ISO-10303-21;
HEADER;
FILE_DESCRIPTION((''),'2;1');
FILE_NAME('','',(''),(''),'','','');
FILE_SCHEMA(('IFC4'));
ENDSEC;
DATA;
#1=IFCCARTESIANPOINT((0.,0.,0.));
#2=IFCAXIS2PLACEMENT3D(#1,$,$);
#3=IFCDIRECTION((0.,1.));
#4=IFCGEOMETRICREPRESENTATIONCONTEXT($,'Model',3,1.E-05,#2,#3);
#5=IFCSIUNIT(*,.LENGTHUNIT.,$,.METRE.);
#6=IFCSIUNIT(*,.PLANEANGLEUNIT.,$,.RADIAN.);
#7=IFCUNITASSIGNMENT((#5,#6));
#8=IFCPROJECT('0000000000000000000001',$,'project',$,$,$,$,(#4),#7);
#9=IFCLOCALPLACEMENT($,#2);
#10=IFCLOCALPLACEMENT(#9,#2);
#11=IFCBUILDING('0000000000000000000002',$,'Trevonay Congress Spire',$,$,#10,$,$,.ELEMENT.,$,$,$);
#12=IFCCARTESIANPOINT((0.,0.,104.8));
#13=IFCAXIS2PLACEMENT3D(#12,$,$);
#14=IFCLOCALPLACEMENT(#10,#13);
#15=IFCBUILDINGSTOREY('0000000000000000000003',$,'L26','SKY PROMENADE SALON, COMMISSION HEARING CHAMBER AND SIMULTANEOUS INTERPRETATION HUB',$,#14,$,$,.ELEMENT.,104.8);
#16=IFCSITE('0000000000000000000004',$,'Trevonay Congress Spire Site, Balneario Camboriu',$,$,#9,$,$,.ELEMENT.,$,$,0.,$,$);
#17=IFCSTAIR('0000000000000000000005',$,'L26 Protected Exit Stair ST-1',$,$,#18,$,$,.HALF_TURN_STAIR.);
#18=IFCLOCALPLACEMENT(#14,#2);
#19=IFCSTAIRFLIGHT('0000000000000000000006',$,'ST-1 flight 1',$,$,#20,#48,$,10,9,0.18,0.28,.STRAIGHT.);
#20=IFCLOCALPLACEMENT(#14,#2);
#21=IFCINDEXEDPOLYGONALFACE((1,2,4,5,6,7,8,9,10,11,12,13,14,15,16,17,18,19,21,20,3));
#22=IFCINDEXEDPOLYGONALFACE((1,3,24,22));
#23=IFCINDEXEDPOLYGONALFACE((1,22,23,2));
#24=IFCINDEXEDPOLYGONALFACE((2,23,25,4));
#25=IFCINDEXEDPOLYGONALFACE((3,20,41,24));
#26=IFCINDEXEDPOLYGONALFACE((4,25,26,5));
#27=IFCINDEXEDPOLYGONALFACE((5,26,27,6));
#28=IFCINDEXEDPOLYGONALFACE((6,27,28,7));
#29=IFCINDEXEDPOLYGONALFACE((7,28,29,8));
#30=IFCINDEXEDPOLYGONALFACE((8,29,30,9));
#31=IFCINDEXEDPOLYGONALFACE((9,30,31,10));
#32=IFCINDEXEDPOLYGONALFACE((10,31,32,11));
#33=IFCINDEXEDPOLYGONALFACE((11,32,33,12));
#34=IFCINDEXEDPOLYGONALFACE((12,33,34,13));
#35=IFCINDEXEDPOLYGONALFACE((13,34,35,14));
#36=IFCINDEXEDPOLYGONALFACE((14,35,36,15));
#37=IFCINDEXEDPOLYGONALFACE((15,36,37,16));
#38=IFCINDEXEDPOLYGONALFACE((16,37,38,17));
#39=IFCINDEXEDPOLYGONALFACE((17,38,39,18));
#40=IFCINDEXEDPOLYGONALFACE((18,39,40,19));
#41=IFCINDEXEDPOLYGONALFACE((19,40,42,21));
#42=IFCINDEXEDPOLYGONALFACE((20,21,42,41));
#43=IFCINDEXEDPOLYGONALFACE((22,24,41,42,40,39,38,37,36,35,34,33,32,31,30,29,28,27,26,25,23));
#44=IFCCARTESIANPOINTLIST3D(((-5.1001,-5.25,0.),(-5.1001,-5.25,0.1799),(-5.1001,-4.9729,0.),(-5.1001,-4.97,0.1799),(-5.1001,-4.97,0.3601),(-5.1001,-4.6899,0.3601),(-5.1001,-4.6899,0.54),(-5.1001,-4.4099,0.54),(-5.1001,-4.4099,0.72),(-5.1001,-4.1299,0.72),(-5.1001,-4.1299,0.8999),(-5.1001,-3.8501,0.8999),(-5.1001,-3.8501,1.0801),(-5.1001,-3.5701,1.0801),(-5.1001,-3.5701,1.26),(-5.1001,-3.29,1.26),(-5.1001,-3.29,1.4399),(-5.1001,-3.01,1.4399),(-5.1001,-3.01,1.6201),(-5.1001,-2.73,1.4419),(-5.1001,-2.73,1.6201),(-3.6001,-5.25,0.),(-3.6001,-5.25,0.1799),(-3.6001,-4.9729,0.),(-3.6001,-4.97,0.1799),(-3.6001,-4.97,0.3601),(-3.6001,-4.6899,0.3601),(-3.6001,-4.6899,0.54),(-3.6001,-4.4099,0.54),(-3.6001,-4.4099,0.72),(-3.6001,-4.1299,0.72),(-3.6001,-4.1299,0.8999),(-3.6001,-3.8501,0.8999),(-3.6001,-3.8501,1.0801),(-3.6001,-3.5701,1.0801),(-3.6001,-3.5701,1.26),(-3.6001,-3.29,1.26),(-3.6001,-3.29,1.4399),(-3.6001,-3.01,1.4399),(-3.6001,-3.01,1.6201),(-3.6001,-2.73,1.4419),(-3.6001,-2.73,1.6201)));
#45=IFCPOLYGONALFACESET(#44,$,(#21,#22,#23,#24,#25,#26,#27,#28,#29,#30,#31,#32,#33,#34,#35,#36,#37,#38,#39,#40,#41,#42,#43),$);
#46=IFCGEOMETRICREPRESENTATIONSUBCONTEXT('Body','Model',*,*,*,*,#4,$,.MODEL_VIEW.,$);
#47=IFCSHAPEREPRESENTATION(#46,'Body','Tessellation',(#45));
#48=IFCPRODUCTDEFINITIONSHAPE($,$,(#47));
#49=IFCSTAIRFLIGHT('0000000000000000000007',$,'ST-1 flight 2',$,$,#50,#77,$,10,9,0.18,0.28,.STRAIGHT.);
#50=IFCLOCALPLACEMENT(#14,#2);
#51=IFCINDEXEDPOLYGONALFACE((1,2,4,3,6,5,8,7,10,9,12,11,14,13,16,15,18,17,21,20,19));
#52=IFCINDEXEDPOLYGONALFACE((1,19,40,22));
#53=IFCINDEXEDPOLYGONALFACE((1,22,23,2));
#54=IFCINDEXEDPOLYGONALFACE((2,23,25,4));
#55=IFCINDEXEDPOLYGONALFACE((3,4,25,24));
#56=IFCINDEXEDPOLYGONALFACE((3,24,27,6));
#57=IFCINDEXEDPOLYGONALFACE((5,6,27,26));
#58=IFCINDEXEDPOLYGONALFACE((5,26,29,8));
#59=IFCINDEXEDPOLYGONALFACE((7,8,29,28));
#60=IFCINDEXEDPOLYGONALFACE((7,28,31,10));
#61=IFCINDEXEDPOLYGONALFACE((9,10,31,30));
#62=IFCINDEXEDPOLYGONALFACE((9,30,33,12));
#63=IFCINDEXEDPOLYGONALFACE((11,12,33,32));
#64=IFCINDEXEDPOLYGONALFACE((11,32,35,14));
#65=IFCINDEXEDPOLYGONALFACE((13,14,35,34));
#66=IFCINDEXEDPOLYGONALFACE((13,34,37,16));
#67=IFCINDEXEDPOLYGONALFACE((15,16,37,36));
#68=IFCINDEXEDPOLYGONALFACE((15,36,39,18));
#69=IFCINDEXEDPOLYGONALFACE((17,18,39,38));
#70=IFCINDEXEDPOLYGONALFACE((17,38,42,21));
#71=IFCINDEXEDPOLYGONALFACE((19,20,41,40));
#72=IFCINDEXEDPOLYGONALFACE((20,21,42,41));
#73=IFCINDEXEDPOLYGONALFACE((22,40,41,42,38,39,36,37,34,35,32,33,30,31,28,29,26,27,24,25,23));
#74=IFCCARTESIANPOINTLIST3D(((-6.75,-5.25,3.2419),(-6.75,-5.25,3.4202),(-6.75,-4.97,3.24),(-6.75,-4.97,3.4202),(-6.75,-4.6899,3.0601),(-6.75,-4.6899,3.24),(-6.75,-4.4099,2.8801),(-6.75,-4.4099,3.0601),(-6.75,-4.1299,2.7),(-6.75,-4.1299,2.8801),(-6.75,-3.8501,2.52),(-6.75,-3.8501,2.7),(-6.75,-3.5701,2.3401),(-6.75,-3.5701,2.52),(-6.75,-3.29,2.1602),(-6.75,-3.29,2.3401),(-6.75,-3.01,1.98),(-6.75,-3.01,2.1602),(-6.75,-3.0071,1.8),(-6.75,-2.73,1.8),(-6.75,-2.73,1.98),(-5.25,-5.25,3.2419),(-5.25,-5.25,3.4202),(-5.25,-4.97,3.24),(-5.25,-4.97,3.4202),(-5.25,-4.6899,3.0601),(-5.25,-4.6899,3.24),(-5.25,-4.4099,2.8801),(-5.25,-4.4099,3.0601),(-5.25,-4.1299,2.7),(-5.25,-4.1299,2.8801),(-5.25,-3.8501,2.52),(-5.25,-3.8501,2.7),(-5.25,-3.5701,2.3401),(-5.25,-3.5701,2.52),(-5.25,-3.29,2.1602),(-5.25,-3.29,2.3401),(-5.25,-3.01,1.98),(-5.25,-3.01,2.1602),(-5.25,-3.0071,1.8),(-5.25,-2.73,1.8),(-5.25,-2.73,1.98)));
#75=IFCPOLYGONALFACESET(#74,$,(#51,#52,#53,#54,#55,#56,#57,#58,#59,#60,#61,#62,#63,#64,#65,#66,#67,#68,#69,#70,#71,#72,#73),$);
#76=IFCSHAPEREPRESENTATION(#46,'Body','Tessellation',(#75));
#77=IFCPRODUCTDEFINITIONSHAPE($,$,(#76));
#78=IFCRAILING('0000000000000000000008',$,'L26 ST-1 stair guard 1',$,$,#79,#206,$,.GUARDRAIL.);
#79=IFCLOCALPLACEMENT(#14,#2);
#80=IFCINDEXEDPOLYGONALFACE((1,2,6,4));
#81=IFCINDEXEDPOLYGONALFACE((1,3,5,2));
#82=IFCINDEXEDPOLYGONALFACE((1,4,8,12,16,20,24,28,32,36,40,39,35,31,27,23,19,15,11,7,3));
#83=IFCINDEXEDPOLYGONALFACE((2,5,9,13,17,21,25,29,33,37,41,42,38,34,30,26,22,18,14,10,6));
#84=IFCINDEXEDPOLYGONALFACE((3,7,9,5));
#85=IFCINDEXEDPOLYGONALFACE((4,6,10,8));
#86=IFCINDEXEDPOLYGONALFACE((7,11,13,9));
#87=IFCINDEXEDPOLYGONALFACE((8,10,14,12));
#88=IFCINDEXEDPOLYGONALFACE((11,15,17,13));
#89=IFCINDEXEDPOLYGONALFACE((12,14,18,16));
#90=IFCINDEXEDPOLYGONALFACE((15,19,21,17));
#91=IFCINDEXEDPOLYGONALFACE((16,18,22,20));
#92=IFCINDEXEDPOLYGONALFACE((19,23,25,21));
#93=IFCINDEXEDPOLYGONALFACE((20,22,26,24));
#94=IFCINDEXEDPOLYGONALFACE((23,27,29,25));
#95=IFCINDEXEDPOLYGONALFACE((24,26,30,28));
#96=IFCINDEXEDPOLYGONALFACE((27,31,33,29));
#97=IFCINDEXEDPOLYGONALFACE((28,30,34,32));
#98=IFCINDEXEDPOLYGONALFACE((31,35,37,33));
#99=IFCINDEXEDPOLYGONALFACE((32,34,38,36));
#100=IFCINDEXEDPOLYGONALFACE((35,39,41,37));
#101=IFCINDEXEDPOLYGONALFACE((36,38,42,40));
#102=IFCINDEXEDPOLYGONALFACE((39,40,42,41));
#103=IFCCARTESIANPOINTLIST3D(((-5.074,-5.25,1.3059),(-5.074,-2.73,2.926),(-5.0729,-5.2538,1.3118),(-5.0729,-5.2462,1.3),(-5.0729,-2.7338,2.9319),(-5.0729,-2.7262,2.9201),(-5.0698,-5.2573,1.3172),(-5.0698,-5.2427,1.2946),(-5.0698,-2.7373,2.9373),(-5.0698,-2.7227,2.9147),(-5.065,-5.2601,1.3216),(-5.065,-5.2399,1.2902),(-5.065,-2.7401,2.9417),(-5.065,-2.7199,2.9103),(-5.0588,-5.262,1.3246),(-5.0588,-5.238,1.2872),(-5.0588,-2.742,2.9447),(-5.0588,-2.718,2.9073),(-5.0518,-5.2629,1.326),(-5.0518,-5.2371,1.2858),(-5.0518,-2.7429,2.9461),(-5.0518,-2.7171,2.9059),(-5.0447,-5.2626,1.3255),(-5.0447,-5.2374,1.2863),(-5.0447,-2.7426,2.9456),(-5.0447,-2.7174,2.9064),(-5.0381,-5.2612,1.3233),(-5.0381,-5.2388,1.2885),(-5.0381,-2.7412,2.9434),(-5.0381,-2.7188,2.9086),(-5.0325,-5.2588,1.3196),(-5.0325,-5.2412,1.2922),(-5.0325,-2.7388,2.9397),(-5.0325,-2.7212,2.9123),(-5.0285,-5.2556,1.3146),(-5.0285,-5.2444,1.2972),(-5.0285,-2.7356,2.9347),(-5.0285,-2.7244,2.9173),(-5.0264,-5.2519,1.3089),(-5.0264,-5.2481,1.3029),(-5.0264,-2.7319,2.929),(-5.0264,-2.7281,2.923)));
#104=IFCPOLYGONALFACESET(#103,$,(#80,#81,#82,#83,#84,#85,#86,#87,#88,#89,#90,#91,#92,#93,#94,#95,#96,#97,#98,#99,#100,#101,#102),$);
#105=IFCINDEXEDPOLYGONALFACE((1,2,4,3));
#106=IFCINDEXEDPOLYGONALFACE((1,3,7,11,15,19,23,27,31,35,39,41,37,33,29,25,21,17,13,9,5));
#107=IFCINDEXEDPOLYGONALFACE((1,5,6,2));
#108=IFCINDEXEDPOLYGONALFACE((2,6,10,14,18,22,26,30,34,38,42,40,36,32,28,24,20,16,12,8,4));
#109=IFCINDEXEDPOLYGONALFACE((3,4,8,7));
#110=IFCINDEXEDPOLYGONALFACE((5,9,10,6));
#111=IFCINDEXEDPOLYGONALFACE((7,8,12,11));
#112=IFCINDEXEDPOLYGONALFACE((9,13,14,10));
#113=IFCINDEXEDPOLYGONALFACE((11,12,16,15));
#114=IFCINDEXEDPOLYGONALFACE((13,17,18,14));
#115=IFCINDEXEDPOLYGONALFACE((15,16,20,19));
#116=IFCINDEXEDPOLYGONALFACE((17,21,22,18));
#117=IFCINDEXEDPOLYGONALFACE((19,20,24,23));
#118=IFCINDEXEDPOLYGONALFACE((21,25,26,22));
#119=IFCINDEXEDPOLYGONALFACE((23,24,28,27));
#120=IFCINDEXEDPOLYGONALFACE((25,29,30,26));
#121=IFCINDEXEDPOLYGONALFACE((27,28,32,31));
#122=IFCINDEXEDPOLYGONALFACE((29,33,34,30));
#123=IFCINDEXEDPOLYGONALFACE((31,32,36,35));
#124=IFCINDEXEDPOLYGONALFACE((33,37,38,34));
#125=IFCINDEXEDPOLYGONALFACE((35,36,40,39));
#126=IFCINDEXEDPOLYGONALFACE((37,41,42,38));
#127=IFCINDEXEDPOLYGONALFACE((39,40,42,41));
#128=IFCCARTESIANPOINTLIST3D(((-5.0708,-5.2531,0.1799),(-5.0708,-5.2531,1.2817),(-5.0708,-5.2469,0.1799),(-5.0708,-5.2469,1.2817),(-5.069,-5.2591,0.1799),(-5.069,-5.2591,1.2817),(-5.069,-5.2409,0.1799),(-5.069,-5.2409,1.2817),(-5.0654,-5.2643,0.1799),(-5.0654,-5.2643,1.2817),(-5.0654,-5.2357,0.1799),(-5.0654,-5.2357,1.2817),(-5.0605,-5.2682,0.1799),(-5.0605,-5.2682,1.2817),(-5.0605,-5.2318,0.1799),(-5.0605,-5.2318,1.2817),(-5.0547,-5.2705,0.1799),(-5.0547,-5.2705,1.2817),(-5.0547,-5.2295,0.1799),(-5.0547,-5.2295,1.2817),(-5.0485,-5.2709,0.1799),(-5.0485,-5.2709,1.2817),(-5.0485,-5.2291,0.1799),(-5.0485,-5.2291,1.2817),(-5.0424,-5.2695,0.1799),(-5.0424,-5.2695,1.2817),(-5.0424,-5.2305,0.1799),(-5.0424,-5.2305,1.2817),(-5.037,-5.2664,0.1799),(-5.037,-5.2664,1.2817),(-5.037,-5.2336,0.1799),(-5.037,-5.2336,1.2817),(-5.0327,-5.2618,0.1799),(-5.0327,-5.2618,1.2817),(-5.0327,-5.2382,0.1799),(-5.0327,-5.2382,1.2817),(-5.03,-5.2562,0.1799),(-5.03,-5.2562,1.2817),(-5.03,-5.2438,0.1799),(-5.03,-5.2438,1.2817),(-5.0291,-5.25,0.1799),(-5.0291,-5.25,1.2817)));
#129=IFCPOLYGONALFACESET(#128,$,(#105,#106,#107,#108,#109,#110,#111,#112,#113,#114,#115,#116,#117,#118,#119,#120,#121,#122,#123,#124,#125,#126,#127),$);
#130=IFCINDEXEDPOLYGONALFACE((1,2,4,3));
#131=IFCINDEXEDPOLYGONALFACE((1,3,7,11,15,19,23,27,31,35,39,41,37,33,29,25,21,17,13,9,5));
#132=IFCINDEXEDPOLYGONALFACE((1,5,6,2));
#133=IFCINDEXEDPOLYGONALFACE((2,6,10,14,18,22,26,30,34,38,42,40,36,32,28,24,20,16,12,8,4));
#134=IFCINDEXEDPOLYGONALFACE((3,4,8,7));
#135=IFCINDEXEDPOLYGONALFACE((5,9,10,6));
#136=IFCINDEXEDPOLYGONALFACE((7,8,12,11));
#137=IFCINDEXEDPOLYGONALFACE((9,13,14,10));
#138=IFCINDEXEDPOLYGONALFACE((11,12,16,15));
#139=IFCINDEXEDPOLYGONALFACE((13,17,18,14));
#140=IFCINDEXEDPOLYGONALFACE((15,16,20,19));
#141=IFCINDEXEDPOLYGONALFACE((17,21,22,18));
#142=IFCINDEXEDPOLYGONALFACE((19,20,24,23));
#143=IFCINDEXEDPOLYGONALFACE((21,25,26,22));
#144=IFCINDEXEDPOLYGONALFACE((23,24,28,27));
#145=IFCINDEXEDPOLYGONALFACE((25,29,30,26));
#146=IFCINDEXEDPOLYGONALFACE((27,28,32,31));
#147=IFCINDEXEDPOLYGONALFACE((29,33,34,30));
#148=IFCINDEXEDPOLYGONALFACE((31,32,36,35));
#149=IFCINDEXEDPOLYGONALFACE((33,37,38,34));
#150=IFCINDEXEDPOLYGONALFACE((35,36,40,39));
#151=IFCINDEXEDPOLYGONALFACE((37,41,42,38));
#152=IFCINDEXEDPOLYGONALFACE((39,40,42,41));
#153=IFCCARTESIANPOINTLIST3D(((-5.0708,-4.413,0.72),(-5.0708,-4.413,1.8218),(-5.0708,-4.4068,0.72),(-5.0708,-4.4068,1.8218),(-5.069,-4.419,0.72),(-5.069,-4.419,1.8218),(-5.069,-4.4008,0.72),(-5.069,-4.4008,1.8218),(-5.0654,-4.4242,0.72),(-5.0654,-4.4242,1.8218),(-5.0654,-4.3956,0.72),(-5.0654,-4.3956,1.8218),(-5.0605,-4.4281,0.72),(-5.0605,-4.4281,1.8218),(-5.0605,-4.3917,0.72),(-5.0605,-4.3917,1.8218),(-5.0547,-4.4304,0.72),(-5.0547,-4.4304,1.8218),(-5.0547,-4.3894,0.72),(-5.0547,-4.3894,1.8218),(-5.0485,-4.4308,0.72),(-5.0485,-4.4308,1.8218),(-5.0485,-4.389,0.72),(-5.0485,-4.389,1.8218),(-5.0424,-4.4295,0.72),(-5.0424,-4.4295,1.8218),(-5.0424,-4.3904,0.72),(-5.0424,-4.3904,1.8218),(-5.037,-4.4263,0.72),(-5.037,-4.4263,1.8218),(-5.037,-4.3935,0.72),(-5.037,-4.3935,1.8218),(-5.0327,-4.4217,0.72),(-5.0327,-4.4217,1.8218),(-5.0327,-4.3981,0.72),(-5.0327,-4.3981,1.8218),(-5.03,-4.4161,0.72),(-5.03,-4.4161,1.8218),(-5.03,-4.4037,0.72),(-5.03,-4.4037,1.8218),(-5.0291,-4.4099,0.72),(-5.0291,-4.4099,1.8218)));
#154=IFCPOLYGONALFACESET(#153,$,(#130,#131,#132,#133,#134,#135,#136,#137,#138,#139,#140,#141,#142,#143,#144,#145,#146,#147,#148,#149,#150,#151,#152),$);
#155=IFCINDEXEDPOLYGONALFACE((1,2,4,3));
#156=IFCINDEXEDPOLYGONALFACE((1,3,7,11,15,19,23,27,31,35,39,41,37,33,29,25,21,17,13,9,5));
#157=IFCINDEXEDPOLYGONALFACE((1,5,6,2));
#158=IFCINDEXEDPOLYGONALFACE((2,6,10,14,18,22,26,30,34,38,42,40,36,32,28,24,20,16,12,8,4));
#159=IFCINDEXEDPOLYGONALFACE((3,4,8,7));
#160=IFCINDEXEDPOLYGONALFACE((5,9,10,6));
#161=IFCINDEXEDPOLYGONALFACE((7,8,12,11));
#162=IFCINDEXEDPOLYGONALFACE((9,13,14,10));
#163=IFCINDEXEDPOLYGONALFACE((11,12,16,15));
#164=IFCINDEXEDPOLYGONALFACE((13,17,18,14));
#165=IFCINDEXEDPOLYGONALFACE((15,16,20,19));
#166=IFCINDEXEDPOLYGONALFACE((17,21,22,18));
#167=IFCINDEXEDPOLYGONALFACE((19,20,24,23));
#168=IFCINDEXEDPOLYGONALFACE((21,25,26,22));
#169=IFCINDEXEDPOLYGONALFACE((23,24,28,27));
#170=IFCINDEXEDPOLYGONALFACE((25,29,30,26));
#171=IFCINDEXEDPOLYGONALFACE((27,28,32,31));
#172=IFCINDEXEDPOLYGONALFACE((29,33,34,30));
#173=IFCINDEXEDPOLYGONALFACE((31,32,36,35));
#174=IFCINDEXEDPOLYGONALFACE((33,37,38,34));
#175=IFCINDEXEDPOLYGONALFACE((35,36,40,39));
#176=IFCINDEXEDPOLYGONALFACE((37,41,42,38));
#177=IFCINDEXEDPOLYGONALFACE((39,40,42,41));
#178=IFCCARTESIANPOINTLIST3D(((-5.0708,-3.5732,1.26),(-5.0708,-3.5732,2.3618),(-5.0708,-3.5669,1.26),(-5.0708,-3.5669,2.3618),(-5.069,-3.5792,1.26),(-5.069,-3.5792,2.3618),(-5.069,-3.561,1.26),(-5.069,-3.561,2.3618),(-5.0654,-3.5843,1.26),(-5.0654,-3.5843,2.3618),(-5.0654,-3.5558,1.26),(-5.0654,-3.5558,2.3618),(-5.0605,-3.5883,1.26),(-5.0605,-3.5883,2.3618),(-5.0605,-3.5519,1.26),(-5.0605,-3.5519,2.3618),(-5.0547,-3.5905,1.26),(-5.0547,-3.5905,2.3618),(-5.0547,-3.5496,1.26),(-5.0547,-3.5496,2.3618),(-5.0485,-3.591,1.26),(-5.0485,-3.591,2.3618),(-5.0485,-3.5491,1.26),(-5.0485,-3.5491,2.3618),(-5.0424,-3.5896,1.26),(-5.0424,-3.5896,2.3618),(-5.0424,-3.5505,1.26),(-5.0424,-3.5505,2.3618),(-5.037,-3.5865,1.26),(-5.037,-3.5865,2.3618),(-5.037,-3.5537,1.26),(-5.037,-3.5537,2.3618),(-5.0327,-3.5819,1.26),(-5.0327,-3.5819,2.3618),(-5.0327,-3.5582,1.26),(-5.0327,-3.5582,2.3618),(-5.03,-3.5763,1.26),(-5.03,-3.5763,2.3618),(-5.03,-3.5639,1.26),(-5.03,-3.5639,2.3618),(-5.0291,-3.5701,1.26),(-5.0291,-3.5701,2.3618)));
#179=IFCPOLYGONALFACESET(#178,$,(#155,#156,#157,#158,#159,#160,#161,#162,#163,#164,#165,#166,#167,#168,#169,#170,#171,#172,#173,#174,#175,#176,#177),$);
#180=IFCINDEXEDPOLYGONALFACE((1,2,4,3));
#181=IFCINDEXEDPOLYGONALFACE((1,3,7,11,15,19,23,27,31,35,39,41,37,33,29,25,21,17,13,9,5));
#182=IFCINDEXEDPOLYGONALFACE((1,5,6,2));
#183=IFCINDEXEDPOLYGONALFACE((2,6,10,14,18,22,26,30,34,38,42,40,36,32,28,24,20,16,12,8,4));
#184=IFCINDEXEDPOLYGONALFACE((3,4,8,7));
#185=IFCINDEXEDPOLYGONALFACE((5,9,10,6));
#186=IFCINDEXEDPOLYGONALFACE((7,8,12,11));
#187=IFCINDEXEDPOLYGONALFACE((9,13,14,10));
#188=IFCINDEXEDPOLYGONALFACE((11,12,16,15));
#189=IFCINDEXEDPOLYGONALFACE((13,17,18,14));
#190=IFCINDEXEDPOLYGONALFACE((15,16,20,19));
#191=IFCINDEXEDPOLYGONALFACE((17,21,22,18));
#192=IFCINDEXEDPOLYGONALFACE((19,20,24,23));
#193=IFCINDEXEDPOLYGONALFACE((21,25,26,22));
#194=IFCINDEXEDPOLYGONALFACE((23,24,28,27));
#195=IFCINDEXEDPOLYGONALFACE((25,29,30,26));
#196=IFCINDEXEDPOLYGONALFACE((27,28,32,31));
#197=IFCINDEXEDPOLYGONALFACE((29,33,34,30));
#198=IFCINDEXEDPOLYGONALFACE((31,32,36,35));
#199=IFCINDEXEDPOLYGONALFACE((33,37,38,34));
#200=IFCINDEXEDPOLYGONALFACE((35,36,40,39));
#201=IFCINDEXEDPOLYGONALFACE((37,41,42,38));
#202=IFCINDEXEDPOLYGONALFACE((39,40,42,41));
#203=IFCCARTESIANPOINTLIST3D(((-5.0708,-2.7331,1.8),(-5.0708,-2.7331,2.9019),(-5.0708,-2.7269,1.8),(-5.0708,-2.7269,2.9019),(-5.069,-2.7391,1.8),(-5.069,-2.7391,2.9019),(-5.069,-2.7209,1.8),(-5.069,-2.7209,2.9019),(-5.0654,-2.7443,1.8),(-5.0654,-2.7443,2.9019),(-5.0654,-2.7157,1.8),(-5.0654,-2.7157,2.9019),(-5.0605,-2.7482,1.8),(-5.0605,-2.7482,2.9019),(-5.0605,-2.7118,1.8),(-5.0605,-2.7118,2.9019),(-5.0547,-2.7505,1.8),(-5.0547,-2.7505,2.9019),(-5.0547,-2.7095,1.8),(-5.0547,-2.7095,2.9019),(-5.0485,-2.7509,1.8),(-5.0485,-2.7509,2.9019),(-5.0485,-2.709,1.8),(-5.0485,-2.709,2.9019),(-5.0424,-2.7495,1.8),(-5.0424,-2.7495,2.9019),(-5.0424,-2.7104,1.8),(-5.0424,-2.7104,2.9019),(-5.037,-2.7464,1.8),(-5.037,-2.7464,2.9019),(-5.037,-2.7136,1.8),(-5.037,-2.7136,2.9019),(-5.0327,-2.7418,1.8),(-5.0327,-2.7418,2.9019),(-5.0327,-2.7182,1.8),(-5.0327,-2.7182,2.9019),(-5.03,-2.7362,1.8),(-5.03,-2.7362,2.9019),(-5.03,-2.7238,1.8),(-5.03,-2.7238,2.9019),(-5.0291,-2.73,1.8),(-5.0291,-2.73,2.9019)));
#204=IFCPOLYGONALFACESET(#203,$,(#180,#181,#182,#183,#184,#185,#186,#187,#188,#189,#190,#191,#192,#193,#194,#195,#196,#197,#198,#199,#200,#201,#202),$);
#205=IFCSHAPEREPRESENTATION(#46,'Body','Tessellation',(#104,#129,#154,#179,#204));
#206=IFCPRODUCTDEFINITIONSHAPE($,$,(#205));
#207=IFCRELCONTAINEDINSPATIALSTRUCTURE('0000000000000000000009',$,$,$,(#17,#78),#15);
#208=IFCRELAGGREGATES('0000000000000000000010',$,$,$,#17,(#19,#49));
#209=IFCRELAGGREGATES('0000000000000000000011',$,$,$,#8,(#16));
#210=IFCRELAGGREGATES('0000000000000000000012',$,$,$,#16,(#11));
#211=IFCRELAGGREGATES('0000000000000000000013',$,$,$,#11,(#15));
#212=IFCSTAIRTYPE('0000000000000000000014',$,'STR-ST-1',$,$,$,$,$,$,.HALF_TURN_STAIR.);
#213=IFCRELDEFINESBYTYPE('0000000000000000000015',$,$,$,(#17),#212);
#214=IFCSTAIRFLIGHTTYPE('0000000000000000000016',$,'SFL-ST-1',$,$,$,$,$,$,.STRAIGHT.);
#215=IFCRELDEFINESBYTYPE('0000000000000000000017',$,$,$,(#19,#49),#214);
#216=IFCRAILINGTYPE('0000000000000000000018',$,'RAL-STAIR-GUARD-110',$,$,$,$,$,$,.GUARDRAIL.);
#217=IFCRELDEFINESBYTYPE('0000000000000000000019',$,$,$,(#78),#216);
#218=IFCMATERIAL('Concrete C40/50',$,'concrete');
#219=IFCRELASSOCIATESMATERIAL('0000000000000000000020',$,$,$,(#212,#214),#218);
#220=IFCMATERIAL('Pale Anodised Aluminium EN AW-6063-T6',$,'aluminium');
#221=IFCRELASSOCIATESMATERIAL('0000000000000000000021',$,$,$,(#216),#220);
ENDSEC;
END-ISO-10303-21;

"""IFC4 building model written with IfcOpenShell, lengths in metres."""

from ifc_helpers import new_model, si_unit, direction, frame, origin, origin_2d, place, context, subcontext, project, spatial, polyline, circle, outline, extrude, material, type_object, element, aggregate, save


model = new_model("IFC4")

# Units and contexts
model_context = context("Model", 3, precision=1e-05, world=origin(), true_north=direction((0.0, 1.0)))
body_context = subcontext(model_context, "Body", "Model", "MODEL_VIEW")
ifc_project = project(units=[si_unit("LENGTHUNIT", "METRE"), si_unit("PLANEANGLEUNIT", "RADIAN")], contexts=[model_context])

# Site, building, storey
site_placement = place(None, origin())
site = spatial("IfcSite", under=ifc_project, at=site_placement, Name="Trevonay Congress Spire Site, Balneario Camboriu", CompositionType="ELEMENT", RefElevation=0.0)
building_placement = place(site_placement, origin())
building = spatial("IfcBuilding", under=site, at=building_placement, Name="Trevonay Congress Spire", CompositionType="ELEMENT")
storey_placement = place(building_placement, frame((0.0, 0.0, 104.8)))
storey = spatial("IfcBuildingStorey", under=building, at=storey_placement, Name="L26", Description="SKY PROMENADE SALON, COMMISSION HEARING CHAMBER AND SIMULTANEOUS INTERPRETATION HUB", CompositionType="ELEMENT", Elevation=104.8)

# Shared definitions
ifc_material_1 = material(Name="Concrete C40/50", Category="concrete")

# Stair, stair flights
stair_type = type_object("IfcStairType", Name="STR-ST-1", PredefinedType="HALF_TURN_STAIR", material=ifc_material_1)
stair_placement = place(storey_placement, origin())
stair = element("IfcStair", 1, at=stair_placement, inside=storey, type_object=stair_type, Name="L26 Protected Exit Stair ST-1", PredefinedType="HALF_TURN_STAIR")
stair_flight_type = type_object("IfcStairFlightType", Name="SFL-ST-1", PredefinedType="STRAIGHT", material=ifc_material_1)
stair_flight_1_placement = place(storey_placement, frame((-4.3501, -5.25, 0.0), z_axis=(0.0, 0.0, 1.0), x_axis=(0.0, 1.0, 0.0)))
stair_flight_1 = element("IfcStairFlight", 2, at=stair_flight_1_placement, type_object=stair_flight_type, Name="ST-1 flight 1", NumberOfRisers=10, NumberOfTreads=9, PredefinedType="STRAIGHT", RiserHeight=0.18, TreadLength=0.28, context=body_context, shape_type="SweptSolid", body=[
    extrude(outline(polyline([(0.0, 0.0), (0.0, 0.1799), (0.28, 0.1799), (0.28, 0.3601), (0.5601, 0.3601), (0.5601, 0.54), (0.8401, 0.54), (0.8401, 0.72), (1.1201, 0.72), (1.1201, 0.8999), (1.3999, 0.8999), (1.3999, 1.0801), (1.6799, 1.0801), (1.6799, 1.26), (1.96, 1.26), (1.96, 1.4399), (2.24, 1.4399), (2.24, 1.6201), (2.52, 1.6201), (2.52, 1.8), (2.52, 1.4419), (0.2771, 0.0), (0.0, 0.0)])), frame((0.0, 0.75, 0.0), z_axis=(0.0, -1.0, 0.0), x_axis=(1.0, 0.0, 0.0)), (0.0, 0.0, 1.0), 1.5),
])
stair_flight_2_placement = place(storey_placement, frame((-6.0, -2.73, 1.8), z_axis=(0.0, 0.0, 1.0), x_axis=(0.0, -1.0, 0.0)))
stair_flight_2 = element("IfcStairFlight", 3, at=stair_flight_2_placement, type_object=stair_flight_type, Name="ST-1 flight 2", NumberOfRisers=10, NumberOfTreads=9, PredefinedType="STRAIGHT", RiserHeight=0.18, TreadLength=0.28, context=body_context, shape_type="SweptSolid", body=[
    extrude(outline(polyline([(0.0, 0.0), (0.0, 0.1799), (0.28, 0.1799), (0.28, 0.3601), (0.5601, 0.3601), (0.5601, 0.54), (0.8401, 0.54), (0.8401, 0.72), (1.1201, 0.72), (1.1201, 0.8999), (1.3999, 0.8999), (1.3999, 1.0801), (1.6799, 1.0801), (1.6799, 1.26), (1.96, 1.26), (1.96, 1.4399), (2.24, 1.4399), (2.24, 1.6201), (2.52, 1.6201), (2.52, 1.8), (2.52, 1.4419), (0.2771, 0.0), (0.0, 0.0)])), frame((0.0, 0.75, 0.0), z_axis=(0.0, -1.0, 0.0), x_axis=(1.0, 0.0, 0.0)), (0.0, 0.0, 1.0), 1.5),
])
aggregate(stair, [stair_flight_1, stair_flight_2])

# Railing
ifc_material_2 = material(Name="Pale Anodised Aluminium EN AW-6063-T6", Category="aluminium")
railing_type_1 = type_object("IfcRailingType", Name="RAL-STAIR-GUARD-110", PredefinedType="GUARDRAIL", material=ifc_material_2)
railing_1_placement = place(storey_placement, frame((-5.05, -5.25, 0.1799)))
element("IfcRailing", 4, at=railing_1_placement, inside=storey, type_object=railing_type_1, Name="L26 ST-1 stair guard 1", PredefinedType="GUARDRAIL", context=body_context, shape_type="SweptSolid", body=[
    extrude(circle(Radius=0.0239, at=origin_2d()), frame((0.0, 0.0, 1.126), z_axis=(0.0, 0.841163, 0.540782), x_axis=(-1.0, 0.0, 0.0)), (0.0, 0.0, 1.0), 2.9958),
    extrude(circle(Radius=0.021, at=origin_2d()), origin(), (0.0, 0.0, 1.0), 1.1018),
    extrude(circle(Radius=0.021, at=origin_2d()), frame((0.0, 0.8401, 0.54)), (0.0, 0.0, 1.0), 1.1018),
    extrude(circle(Radius=0.021, at=origin_2d()), frame((0.0, 1.6799, 1.0801)), (0.0, 0.0, 1.0), 1.1018),
    extrude(circle(Radius=0.021, at=origin_2d()), frame((0.0, 2.52, 1.6201)), (0.0, 0.0, 1.0), 1.1018),
])

save(model, "model.ifc")
